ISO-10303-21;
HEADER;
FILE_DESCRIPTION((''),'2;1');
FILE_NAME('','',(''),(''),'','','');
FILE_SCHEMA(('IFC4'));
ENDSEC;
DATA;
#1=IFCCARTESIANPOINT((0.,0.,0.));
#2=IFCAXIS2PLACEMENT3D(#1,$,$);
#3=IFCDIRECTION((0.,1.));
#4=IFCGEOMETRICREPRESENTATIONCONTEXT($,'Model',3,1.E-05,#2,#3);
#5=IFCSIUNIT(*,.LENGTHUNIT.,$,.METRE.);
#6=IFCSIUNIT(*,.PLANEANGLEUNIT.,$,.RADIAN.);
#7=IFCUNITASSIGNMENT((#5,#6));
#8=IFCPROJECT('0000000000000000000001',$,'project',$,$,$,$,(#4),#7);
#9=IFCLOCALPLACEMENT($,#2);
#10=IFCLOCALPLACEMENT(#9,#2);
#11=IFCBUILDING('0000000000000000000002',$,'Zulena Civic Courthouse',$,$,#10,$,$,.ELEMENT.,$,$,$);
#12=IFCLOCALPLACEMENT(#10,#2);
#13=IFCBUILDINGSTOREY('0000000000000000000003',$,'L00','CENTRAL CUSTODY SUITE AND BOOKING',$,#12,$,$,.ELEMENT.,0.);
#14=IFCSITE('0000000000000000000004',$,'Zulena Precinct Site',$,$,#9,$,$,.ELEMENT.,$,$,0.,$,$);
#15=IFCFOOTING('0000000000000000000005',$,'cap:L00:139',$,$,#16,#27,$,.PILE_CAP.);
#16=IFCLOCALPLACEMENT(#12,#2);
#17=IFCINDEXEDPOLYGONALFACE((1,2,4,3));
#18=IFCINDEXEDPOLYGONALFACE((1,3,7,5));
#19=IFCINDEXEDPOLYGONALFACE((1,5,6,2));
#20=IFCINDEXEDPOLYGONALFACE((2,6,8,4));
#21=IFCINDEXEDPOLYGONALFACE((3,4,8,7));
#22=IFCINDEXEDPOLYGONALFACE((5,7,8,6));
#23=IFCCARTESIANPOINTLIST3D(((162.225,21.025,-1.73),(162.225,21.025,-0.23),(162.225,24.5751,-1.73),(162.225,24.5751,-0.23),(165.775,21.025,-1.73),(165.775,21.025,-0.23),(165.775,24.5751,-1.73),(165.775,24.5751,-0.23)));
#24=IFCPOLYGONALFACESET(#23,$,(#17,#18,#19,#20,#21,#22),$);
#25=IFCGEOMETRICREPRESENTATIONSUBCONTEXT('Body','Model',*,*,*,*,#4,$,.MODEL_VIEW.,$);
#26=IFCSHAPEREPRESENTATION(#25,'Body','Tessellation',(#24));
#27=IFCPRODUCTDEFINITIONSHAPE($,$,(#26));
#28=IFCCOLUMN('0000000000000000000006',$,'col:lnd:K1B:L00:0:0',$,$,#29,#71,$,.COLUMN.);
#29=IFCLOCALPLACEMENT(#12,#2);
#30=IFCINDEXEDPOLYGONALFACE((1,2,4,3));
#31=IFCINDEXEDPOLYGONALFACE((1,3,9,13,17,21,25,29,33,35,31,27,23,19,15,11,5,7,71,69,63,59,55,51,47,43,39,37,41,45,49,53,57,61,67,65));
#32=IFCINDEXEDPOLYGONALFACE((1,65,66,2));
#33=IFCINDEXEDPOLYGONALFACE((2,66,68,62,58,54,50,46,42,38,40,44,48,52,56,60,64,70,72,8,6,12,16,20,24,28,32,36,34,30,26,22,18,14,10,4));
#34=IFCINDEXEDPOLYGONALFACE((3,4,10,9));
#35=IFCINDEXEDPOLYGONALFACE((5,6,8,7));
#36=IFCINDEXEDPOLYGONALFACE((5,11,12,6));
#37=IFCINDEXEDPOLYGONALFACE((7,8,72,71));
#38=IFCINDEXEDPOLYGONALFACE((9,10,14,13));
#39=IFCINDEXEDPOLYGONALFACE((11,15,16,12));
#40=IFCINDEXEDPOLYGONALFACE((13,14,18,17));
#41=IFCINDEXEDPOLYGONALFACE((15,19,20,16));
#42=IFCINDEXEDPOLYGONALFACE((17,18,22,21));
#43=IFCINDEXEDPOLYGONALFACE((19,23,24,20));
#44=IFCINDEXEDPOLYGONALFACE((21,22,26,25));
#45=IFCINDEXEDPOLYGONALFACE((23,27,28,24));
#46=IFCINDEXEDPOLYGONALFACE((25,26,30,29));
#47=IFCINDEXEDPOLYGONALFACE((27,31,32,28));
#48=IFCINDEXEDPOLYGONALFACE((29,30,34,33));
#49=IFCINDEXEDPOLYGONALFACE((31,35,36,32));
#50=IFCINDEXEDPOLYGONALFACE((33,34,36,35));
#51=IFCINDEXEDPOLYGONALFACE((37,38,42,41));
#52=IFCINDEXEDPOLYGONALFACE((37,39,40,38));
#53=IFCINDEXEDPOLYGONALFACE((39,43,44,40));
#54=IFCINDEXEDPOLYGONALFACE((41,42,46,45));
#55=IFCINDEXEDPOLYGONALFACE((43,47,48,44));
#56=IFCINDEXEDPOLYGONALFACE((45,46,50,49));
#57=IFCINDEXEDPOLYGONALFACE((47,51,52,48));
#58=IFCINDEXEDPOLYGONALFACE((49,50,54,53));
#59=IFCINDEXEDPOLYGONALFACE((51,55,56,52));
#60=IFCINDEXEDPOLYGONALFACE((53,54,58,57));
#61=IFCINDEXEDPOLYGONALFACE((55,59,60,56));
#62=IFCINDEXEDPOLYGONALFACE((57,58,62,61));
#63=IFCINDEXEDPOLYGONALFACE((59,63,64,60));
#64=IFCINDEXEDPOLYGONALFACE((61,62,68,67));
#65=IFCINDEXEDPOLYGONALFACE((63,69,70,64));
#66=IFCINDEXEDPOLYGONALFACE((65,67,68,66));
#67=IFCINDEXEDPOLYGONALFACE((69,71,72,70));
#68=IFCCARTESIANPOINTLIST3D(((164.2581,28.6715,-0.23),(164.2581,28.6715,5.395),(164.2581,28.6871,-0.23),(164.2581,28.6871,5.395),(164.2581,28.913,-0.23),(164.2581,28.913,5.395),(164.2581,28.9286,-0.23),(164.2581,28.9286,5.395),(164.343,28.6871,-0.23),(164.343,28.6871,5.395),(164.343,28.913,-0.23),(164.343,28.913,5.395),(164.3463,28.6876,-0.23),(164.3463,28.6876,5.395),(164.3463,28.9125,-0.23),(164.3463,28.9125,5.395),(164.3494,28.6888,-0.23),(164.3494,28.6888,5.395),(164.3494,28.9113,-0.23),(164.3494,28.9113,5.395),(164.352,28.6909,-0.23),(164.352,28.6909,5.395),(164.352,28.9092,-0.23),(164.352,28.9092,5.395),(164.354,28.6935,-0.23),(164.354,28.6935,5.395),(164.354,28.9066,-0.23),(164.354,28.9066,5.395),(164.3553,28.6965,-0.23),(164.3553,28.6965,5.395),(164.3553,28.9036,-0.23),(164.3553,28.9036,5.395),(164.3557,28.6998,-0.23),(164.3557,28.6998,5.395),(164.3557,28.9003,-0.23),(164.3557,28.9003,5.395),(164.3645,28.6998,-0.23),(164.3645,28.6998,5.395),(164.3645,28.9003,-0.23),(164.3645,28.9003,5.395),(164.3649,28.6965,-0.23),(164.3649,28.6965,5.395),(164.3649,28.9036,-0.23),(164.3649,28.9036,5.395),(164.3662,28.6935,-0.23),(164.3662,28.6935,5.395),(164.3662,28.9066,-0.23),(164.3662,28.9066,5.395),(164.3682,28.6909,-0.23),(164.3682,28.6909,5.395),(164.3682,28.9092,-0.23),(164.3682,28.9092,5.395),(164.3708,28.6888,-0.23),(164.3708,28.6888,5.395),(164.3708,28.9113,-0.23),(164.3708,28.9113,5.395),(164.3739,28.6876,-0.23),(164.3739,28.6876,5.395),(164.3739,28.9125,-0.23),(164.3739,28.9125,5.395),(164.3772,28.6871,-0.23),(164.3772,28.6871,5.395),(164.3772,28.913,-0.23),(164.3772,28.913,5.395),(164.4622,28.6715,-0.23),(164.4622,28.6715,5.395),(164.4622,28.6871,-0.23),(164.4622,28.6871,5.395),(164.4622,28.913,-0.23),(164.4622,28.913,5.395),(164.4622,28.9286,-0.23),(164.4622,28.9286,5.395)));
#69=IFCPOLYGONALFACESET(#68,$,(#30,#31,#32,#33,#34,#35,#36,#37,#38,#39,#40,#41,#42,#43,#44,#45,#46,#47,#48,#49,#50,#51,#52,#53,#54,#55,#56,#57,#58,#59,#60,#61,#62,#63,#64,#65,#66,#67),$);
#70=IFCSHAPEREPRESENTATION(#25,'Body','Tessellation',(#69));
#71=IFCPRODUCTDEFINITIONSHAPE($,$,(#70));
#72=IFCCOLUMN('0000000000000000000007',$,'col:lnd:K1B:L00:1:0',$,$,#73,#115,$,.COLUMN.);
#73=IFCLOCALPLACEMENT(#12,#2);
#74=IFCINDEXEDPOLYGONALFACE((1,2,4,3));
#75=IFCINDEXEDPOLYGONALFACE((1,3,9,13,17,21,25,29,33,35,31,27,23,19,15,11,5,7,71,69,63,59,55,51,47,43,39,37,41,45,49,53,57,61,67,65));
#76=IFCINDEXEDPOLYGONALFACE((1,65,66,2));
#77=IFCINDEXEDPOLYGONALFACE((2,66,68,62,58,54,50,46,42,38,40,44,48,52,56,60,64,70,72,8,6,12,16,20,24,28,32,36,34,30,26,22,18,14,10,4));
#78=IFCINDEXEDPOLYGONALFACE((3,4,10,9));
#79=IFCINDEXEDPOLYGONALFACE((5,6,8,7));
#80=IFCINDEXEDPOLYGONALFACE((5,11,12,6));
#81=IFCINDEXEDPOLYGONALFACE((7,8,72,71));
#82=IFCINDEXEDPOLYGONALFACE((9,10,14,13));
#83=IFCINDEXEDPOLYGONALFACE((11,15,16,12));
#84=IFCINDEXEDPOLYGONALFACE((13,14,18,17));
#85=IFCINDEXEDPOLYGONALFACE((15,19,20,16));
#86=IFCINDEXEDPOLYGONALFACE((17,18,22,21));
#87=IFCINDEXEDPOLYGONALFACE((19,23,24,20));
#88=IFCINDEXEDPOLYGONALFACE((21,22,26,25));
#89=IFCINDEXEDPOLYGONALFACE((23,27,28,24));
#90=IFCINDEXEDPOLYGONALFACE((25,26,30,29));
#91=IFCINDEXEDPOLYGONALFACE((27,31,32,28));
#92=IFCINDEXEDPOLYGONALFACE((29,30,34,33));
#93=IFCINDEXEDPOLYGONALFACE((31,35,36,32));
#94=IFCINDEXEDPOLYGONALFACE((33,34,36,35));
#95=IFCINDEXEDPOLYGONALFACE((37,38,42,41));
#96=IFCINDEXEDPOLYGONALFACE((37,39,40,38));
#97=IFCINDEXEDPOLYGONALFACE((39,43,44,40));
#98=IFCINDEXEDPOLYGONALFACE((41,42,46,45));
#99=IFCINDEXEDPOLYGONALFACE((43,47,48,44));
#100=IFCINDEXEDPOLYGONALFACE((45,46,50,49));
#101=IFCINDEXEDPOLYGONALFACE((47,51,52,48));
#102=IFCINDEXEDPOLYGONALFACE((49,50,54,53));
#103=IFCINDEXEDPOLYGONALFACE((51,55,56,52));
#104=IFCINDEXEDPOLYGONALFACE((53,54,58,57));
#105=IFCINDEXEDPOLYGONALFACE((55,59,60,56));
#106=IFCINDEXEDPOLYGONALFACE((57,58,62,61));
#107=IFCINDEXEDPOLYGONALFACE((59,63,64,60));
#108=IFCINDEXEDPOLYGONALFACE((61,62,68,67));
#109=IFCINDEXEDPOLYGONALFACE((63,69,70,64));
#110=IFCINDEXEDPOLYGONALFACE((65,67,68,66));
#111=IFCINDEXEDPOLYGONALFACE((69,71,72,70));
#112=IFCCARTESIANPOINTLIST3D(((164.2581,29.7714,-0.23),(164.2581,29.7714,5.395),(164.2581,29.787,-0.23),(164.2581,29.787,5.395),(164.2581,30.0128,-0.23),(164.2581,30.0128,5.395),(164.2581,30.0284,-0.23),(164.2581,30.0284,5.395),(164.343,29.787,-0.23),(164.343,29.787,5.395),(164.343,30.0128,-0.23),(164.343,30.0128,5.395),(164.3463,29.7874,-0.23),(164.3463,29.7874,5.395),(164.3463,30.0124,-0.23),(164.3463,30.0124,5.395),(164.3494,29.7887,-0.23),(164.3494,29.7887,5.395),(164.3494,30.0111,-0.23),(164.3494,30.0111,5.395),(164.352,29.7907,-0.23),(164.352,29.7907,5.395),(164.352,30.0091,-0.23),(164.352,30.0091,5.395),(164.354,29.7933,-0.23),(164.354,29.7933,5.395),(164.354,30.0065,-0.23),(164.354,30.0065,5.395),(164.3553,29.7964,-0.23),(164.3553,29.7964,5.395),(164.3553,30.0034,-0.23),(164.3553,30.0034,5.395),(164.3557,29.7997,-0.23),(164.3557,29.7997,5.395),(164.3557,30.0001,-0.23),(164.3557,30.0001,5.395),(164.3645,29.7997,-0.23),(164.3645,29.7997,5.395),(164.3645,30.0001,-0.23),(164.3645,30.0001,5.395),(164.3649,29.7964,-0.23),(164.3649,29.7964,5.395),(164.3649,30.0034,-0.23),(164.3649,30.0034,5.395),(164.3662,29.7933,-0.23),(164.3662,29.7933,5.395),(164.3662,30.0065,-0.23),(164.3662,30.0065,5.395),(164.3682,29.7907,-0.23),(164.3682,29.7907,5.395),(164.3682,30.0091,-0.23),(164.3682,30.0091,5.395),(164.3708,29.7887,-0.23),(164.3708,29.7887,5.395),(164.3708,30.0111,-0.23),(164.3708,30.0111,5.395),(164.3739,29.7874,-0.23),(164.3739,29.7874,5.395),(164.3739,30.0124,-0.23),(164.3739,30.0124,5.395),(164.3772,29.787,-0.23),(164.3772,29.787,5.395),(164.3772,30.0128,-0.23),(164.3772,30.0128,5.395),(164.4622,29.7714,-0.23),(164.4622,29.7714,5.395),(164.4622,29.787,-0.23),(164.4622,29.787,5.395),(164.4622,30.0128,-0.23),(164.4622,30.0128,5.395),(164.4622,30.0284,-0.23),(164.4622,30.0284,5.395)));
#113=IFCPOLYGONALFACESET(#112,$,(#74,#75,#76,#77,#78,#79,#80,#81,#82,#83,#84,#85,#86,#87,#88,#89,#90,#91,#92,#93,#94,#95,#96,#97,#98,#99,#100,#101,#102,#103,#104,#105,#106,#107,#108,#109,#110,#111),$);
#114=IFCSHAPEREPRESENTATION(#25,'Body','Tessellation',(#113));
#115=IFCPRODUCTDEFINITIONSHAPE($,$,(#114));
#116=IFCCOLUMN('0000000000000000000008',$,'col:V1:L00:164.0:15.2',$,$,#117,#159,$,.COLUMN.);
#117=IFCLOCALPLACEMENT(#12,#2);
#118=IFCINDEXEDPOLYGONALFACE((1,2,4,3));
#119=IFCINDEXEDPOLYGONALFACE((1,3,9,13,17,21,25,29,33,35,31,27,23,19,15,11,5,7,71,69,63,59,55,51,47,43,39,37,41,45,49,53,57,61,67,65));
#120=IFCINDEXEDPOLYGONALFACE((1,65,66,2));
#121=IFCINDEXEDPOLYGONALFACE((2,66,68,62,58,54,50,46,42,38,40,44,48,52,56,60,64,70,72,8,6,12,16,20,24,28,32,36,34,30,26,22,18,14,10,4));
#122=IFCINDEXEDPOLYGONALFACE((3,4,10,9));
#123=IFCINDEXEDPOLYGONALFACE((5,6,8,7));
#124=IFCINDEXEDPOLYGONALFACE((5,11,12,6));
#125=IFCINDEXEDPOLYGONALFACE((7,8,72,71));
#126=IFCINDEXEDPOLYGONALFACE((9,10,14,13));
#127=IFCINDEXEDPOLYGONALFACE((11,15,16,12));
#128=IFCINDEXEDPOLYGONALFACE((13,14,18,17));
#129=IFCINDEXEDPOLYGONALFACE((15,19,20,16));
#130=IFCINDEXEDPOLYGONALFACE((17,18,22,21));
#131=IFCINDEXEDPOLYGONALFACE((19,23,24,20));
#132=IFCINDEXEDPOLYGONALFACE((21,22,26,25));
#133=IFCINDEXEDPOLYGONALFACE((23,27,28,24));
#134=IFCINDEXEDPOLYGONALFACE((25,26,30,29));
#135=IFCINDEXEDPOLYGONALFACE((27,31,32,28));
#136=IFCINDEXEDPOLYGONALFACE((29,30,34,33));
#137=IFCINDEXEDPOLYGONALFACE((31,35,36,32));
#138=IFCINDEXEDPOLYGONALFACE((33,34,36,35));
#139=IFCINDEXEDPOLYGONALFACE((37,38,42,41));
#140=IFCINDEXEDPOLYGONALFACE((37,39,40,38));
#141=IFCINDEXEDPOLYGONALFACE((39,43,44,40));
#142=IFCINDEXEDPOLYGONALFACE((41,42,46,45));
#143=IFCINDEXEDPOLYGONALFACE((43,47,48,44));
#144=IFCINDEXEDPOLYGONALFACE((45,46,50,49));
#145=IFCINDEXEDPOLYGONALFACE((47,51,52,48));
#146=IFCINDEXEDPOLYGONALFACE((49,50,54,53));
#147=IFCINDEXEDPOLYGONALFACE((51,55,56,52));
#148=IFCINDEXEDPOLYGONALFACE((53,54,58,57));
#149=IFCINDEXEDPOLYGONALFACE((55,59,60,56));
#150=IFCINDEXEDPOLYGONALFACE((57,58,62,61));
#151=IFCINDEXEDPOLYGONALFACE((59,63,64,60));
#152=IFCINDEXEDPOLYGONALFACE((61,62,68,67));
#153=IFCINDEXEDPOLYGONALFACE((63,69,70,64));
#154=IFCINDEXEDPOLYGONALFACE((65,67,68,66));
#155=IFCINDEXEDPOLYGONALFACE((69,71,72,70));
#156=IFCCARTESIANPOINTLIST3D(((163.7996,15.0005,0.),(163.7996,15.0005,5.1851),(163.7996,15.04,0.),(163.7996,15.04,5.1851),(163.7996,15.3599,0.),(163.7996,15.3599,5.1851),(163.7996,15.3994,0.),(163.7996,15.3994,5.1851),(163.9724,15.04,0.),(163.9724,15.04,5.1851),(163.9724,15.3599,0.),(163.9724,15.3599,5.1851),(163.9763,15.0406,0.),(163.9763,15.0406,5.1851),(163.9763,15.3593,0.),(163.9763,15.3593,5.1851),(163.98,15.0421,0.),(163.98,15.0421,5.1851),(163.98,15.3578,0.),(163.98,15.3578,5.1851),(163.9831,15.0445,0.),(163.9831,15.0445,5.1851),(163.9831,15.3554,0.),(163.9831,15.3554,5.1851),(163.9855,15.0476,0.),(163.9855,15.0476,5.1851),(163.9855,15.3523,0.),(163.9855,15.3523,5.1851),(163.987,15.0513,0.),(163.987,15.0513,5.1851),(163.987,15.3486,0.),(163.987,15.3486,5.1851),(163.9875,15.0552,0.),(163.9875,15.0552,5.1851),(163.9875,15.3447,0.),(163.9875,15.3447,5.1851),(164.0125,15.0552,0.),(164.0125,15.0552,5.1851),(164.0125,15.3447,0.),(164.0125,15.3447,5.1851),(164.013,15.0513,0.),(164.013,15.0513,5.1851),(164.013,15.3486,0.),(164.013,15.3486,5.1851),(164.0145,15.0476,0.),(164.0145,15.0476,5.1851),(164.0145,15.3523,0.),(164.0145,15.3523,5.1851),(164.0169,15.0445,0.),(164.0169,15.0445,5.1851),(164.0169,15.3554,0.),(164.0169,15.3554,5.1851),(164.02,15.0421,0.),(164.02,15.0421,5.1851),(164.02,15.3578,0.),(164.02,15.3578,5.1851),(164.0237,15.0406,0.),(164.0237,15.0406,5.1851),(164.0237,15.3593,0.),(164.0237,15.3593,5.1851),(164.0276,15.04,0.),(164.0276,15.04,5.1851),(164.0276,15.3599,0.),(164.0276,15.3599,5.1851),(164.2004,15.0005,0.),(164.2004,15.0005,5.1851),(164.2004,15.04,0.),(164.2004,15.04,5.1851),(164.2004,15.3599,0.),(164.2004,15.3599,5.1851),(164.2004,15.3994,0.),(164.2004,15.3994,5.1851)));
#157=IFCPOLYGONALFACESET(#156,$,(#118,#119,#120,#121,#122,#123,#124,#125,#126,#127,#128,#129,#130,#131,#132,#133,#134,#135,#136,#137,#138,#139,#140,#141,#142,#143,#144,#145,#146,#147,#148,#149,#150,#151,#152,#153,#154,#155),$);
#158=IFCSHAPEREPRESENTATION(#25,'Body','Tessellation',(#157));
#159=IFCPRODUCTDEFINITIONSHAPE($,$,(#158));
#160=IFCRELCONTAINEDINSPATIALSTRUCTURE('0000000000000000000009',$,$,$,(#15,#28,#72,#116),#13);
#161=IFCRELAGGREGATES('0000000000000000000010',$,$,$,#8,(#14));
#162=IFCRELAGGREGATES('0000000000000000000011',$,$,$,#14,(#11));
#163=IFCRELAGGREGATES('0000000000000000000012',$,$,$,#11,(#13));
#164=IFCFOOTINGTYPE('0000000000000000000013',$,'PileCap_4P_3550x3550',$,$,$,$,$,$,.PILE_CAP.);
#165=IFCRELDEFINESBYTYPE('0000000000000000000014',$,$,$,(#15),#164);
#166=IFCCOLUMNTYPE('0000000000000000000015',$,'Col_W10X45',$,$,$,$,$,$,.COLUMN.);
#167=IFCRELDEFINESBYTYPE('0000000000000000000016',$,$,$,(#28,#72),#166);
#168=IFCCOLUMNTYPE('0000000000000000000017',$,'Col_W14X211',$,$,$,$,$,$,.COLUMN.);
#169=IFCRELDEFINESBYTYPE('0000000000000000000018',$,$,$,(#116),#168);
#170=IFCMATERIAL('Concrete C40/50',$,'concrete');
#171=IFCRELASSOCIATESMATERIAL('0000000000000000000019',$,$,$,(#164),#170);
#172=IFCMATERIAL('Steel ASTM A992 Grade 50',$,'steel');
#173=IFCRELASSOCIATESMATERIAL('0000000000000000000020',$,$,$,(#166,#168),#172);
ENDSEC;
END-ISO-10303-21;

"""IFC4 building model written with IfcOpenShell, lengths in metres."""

from ifc_helpers import new_model, si_unit, direction, frame, origin, origin_2d, place, context, subcontext, project, spatial, rectangle, i_section, extrude, material, material_profile, profile_set, type_object, element, save


model = new_model("IFC4")

# Units and contexts
model_context = context("Model", 3, precision=1e-05, world=origin(), true_north=direction((0.0, 1.0)))
body_context = subcontext(model_context, "Body", "Model", "MODEL_VIEW")
ifc_project = project(units=[si_unit("LENGTHUNIT", "METRE"), si_unit("PLANEANGLEUNIT", "RADIAN")], contexts=[model_context])

# Site, building, storey
site_placement = place(None, origin())
site = spatial("IfcSite", under=ifc_project, at=site_placement, Name="Zulena Precinct Site", CompositionType="ELEMENT", RefElevation=0.0)
building_placement = place(site_placement, origin())
building = spatial("IfcBuilding", under=site, at=building_placement, Name="Zulena Civic Courthouse", CompositionType="ELEMENT")
storey_placement = place(building_placement, origin())
storey = spatial("IfcBuildingStorey", under=building, at=storey_placement, Name="L00", Description="CENTRAL CUSTODY SUITE AND BOOKING", CompositionType="ELEMENT", Elevation=0.0)

# Shared definitions
ifc_material_1 = material(Name="Concrete C40/50", Category="concrete")

# Footing
footing_type_1 = type_object("IfcFootingType", Name="PileCap_4P_3550x3550", PredefinedType="PILE_CAP", material=ifc_material_1)
footing_1_placement = place(storey_placement, frame((164.0, 22.8, -1.73), z_axis=(0.0, 0.0, 1.0), x_axis=(1.0, 0.0, 0.0)))
element("IfcFooting", 1, at=footing_1_placement, inside=storey, type_object=footing_type_1, Name="cap:L00:139", PredefinedType="PILE_CAP", context=body_context, shape_type="SweptSolid", body=[
    extrude(rectangle(XDim=3.55, YDim=3.55, at=origin_2d()), origin(), (0.0, 0.0, 1.0), 1.5),
])

# Columns
ifc_material_2 = material(Name="Steel ASTM A992 Grade 50", Category="steel")
ifc_material_profile_1 = material_profile(ifc_material_2, i_section(OverallWidth=0.2041, OverallDepth=0.2571, WebThickness=0.0088, FlangeThickness=0.0156, FilletRadius=0.0127, at=origin_2d()), Name="W10X45")
ifc_profile_set_1 = profile_set([ifc_material_profile_1], Name="Steel ASTM A992 Grade 50")
column_type_1 = type_object("IfcColumnType", Name="Col_W10X45", PredefinedType="COLUMN", material=ifc_profile_set_1)
for number, where, z_axis, x_axis, name in (
    (2, (164.3601, 28.8, -0.23), (0.0, 0.0, 1.0), (1.0, 0.0, 0.0), "col:lnd:K1B:L00:0:0"),
    (3, (164.3601, 29.8999, -0.23), (0.0, 0.0, 1.0), (1.0, 0.0, 0.0), "col:lnd:K1B:L00:1:0"),
):
    element("IfcColumn", number, at=place(storey_placement, frame(where, z_axis=z_axis, x_axis=x_axis)), inside=storey, type_object=column_type_1, Name=name, PredefinedType="COLUMN", context=body_context, shape_type="SweptSolid", body=[
        extrude(i_section(OverallWidth=0.2041, OverallDepth=0.2571, WebThickness=0.0088, FlangeThickness=0.0156, FilletRadius=0.0127, at=origin_2d()), origin(), (0.0, 0.0, 1.0), 5.625),
    ])
ifc_material_profile_2 = material_profile(ifc_material_2, i_section(OverallWidth=0.4009, OverallDepth=0.3989, WebThickness=0.0249, FlangeThickness=0.0396, FilletRadius=0.0151, at=origin_2d()), Name="W14X211")
ifc_profile_set_2 = profile_set([ifc_material_profile_2], Name="Steel ASTM A992 Grade 50")
column_type_2 = type_object("IfcColumnType", Name="Col_W14X211", PredefinedType="COLUMN", material=ifc_profile_set_2)
for number, where, z_axis, x_axis, name in (
    (4, (164.0, 15.2, 0.0), (0.0, 0.0, 1.0), (1.0, 0.0, 0.0), "col:V1:L00:164.0:15.2"),
):
    element("IfcColumn", number, at=place(storey_placement, frame(where, z_axis=z_axis, x_axis=x_axis)), inside=storey, type_object=column_type_2, Name=name, PredefinedType="COLUMN", context=body_context, shape_type="SweptSolid", body=[
        extrude(i_section(OverallWidth=0.4009, OverallDepth=0.3989, WebThickness=0.0249, FlangeThickness=0.0396, FilletRadius=0.0151, at=origin_2d()), origin(), (0.0, 0.0, 1.0), 5.1851),
    ])

save(model, "model.ifc")
